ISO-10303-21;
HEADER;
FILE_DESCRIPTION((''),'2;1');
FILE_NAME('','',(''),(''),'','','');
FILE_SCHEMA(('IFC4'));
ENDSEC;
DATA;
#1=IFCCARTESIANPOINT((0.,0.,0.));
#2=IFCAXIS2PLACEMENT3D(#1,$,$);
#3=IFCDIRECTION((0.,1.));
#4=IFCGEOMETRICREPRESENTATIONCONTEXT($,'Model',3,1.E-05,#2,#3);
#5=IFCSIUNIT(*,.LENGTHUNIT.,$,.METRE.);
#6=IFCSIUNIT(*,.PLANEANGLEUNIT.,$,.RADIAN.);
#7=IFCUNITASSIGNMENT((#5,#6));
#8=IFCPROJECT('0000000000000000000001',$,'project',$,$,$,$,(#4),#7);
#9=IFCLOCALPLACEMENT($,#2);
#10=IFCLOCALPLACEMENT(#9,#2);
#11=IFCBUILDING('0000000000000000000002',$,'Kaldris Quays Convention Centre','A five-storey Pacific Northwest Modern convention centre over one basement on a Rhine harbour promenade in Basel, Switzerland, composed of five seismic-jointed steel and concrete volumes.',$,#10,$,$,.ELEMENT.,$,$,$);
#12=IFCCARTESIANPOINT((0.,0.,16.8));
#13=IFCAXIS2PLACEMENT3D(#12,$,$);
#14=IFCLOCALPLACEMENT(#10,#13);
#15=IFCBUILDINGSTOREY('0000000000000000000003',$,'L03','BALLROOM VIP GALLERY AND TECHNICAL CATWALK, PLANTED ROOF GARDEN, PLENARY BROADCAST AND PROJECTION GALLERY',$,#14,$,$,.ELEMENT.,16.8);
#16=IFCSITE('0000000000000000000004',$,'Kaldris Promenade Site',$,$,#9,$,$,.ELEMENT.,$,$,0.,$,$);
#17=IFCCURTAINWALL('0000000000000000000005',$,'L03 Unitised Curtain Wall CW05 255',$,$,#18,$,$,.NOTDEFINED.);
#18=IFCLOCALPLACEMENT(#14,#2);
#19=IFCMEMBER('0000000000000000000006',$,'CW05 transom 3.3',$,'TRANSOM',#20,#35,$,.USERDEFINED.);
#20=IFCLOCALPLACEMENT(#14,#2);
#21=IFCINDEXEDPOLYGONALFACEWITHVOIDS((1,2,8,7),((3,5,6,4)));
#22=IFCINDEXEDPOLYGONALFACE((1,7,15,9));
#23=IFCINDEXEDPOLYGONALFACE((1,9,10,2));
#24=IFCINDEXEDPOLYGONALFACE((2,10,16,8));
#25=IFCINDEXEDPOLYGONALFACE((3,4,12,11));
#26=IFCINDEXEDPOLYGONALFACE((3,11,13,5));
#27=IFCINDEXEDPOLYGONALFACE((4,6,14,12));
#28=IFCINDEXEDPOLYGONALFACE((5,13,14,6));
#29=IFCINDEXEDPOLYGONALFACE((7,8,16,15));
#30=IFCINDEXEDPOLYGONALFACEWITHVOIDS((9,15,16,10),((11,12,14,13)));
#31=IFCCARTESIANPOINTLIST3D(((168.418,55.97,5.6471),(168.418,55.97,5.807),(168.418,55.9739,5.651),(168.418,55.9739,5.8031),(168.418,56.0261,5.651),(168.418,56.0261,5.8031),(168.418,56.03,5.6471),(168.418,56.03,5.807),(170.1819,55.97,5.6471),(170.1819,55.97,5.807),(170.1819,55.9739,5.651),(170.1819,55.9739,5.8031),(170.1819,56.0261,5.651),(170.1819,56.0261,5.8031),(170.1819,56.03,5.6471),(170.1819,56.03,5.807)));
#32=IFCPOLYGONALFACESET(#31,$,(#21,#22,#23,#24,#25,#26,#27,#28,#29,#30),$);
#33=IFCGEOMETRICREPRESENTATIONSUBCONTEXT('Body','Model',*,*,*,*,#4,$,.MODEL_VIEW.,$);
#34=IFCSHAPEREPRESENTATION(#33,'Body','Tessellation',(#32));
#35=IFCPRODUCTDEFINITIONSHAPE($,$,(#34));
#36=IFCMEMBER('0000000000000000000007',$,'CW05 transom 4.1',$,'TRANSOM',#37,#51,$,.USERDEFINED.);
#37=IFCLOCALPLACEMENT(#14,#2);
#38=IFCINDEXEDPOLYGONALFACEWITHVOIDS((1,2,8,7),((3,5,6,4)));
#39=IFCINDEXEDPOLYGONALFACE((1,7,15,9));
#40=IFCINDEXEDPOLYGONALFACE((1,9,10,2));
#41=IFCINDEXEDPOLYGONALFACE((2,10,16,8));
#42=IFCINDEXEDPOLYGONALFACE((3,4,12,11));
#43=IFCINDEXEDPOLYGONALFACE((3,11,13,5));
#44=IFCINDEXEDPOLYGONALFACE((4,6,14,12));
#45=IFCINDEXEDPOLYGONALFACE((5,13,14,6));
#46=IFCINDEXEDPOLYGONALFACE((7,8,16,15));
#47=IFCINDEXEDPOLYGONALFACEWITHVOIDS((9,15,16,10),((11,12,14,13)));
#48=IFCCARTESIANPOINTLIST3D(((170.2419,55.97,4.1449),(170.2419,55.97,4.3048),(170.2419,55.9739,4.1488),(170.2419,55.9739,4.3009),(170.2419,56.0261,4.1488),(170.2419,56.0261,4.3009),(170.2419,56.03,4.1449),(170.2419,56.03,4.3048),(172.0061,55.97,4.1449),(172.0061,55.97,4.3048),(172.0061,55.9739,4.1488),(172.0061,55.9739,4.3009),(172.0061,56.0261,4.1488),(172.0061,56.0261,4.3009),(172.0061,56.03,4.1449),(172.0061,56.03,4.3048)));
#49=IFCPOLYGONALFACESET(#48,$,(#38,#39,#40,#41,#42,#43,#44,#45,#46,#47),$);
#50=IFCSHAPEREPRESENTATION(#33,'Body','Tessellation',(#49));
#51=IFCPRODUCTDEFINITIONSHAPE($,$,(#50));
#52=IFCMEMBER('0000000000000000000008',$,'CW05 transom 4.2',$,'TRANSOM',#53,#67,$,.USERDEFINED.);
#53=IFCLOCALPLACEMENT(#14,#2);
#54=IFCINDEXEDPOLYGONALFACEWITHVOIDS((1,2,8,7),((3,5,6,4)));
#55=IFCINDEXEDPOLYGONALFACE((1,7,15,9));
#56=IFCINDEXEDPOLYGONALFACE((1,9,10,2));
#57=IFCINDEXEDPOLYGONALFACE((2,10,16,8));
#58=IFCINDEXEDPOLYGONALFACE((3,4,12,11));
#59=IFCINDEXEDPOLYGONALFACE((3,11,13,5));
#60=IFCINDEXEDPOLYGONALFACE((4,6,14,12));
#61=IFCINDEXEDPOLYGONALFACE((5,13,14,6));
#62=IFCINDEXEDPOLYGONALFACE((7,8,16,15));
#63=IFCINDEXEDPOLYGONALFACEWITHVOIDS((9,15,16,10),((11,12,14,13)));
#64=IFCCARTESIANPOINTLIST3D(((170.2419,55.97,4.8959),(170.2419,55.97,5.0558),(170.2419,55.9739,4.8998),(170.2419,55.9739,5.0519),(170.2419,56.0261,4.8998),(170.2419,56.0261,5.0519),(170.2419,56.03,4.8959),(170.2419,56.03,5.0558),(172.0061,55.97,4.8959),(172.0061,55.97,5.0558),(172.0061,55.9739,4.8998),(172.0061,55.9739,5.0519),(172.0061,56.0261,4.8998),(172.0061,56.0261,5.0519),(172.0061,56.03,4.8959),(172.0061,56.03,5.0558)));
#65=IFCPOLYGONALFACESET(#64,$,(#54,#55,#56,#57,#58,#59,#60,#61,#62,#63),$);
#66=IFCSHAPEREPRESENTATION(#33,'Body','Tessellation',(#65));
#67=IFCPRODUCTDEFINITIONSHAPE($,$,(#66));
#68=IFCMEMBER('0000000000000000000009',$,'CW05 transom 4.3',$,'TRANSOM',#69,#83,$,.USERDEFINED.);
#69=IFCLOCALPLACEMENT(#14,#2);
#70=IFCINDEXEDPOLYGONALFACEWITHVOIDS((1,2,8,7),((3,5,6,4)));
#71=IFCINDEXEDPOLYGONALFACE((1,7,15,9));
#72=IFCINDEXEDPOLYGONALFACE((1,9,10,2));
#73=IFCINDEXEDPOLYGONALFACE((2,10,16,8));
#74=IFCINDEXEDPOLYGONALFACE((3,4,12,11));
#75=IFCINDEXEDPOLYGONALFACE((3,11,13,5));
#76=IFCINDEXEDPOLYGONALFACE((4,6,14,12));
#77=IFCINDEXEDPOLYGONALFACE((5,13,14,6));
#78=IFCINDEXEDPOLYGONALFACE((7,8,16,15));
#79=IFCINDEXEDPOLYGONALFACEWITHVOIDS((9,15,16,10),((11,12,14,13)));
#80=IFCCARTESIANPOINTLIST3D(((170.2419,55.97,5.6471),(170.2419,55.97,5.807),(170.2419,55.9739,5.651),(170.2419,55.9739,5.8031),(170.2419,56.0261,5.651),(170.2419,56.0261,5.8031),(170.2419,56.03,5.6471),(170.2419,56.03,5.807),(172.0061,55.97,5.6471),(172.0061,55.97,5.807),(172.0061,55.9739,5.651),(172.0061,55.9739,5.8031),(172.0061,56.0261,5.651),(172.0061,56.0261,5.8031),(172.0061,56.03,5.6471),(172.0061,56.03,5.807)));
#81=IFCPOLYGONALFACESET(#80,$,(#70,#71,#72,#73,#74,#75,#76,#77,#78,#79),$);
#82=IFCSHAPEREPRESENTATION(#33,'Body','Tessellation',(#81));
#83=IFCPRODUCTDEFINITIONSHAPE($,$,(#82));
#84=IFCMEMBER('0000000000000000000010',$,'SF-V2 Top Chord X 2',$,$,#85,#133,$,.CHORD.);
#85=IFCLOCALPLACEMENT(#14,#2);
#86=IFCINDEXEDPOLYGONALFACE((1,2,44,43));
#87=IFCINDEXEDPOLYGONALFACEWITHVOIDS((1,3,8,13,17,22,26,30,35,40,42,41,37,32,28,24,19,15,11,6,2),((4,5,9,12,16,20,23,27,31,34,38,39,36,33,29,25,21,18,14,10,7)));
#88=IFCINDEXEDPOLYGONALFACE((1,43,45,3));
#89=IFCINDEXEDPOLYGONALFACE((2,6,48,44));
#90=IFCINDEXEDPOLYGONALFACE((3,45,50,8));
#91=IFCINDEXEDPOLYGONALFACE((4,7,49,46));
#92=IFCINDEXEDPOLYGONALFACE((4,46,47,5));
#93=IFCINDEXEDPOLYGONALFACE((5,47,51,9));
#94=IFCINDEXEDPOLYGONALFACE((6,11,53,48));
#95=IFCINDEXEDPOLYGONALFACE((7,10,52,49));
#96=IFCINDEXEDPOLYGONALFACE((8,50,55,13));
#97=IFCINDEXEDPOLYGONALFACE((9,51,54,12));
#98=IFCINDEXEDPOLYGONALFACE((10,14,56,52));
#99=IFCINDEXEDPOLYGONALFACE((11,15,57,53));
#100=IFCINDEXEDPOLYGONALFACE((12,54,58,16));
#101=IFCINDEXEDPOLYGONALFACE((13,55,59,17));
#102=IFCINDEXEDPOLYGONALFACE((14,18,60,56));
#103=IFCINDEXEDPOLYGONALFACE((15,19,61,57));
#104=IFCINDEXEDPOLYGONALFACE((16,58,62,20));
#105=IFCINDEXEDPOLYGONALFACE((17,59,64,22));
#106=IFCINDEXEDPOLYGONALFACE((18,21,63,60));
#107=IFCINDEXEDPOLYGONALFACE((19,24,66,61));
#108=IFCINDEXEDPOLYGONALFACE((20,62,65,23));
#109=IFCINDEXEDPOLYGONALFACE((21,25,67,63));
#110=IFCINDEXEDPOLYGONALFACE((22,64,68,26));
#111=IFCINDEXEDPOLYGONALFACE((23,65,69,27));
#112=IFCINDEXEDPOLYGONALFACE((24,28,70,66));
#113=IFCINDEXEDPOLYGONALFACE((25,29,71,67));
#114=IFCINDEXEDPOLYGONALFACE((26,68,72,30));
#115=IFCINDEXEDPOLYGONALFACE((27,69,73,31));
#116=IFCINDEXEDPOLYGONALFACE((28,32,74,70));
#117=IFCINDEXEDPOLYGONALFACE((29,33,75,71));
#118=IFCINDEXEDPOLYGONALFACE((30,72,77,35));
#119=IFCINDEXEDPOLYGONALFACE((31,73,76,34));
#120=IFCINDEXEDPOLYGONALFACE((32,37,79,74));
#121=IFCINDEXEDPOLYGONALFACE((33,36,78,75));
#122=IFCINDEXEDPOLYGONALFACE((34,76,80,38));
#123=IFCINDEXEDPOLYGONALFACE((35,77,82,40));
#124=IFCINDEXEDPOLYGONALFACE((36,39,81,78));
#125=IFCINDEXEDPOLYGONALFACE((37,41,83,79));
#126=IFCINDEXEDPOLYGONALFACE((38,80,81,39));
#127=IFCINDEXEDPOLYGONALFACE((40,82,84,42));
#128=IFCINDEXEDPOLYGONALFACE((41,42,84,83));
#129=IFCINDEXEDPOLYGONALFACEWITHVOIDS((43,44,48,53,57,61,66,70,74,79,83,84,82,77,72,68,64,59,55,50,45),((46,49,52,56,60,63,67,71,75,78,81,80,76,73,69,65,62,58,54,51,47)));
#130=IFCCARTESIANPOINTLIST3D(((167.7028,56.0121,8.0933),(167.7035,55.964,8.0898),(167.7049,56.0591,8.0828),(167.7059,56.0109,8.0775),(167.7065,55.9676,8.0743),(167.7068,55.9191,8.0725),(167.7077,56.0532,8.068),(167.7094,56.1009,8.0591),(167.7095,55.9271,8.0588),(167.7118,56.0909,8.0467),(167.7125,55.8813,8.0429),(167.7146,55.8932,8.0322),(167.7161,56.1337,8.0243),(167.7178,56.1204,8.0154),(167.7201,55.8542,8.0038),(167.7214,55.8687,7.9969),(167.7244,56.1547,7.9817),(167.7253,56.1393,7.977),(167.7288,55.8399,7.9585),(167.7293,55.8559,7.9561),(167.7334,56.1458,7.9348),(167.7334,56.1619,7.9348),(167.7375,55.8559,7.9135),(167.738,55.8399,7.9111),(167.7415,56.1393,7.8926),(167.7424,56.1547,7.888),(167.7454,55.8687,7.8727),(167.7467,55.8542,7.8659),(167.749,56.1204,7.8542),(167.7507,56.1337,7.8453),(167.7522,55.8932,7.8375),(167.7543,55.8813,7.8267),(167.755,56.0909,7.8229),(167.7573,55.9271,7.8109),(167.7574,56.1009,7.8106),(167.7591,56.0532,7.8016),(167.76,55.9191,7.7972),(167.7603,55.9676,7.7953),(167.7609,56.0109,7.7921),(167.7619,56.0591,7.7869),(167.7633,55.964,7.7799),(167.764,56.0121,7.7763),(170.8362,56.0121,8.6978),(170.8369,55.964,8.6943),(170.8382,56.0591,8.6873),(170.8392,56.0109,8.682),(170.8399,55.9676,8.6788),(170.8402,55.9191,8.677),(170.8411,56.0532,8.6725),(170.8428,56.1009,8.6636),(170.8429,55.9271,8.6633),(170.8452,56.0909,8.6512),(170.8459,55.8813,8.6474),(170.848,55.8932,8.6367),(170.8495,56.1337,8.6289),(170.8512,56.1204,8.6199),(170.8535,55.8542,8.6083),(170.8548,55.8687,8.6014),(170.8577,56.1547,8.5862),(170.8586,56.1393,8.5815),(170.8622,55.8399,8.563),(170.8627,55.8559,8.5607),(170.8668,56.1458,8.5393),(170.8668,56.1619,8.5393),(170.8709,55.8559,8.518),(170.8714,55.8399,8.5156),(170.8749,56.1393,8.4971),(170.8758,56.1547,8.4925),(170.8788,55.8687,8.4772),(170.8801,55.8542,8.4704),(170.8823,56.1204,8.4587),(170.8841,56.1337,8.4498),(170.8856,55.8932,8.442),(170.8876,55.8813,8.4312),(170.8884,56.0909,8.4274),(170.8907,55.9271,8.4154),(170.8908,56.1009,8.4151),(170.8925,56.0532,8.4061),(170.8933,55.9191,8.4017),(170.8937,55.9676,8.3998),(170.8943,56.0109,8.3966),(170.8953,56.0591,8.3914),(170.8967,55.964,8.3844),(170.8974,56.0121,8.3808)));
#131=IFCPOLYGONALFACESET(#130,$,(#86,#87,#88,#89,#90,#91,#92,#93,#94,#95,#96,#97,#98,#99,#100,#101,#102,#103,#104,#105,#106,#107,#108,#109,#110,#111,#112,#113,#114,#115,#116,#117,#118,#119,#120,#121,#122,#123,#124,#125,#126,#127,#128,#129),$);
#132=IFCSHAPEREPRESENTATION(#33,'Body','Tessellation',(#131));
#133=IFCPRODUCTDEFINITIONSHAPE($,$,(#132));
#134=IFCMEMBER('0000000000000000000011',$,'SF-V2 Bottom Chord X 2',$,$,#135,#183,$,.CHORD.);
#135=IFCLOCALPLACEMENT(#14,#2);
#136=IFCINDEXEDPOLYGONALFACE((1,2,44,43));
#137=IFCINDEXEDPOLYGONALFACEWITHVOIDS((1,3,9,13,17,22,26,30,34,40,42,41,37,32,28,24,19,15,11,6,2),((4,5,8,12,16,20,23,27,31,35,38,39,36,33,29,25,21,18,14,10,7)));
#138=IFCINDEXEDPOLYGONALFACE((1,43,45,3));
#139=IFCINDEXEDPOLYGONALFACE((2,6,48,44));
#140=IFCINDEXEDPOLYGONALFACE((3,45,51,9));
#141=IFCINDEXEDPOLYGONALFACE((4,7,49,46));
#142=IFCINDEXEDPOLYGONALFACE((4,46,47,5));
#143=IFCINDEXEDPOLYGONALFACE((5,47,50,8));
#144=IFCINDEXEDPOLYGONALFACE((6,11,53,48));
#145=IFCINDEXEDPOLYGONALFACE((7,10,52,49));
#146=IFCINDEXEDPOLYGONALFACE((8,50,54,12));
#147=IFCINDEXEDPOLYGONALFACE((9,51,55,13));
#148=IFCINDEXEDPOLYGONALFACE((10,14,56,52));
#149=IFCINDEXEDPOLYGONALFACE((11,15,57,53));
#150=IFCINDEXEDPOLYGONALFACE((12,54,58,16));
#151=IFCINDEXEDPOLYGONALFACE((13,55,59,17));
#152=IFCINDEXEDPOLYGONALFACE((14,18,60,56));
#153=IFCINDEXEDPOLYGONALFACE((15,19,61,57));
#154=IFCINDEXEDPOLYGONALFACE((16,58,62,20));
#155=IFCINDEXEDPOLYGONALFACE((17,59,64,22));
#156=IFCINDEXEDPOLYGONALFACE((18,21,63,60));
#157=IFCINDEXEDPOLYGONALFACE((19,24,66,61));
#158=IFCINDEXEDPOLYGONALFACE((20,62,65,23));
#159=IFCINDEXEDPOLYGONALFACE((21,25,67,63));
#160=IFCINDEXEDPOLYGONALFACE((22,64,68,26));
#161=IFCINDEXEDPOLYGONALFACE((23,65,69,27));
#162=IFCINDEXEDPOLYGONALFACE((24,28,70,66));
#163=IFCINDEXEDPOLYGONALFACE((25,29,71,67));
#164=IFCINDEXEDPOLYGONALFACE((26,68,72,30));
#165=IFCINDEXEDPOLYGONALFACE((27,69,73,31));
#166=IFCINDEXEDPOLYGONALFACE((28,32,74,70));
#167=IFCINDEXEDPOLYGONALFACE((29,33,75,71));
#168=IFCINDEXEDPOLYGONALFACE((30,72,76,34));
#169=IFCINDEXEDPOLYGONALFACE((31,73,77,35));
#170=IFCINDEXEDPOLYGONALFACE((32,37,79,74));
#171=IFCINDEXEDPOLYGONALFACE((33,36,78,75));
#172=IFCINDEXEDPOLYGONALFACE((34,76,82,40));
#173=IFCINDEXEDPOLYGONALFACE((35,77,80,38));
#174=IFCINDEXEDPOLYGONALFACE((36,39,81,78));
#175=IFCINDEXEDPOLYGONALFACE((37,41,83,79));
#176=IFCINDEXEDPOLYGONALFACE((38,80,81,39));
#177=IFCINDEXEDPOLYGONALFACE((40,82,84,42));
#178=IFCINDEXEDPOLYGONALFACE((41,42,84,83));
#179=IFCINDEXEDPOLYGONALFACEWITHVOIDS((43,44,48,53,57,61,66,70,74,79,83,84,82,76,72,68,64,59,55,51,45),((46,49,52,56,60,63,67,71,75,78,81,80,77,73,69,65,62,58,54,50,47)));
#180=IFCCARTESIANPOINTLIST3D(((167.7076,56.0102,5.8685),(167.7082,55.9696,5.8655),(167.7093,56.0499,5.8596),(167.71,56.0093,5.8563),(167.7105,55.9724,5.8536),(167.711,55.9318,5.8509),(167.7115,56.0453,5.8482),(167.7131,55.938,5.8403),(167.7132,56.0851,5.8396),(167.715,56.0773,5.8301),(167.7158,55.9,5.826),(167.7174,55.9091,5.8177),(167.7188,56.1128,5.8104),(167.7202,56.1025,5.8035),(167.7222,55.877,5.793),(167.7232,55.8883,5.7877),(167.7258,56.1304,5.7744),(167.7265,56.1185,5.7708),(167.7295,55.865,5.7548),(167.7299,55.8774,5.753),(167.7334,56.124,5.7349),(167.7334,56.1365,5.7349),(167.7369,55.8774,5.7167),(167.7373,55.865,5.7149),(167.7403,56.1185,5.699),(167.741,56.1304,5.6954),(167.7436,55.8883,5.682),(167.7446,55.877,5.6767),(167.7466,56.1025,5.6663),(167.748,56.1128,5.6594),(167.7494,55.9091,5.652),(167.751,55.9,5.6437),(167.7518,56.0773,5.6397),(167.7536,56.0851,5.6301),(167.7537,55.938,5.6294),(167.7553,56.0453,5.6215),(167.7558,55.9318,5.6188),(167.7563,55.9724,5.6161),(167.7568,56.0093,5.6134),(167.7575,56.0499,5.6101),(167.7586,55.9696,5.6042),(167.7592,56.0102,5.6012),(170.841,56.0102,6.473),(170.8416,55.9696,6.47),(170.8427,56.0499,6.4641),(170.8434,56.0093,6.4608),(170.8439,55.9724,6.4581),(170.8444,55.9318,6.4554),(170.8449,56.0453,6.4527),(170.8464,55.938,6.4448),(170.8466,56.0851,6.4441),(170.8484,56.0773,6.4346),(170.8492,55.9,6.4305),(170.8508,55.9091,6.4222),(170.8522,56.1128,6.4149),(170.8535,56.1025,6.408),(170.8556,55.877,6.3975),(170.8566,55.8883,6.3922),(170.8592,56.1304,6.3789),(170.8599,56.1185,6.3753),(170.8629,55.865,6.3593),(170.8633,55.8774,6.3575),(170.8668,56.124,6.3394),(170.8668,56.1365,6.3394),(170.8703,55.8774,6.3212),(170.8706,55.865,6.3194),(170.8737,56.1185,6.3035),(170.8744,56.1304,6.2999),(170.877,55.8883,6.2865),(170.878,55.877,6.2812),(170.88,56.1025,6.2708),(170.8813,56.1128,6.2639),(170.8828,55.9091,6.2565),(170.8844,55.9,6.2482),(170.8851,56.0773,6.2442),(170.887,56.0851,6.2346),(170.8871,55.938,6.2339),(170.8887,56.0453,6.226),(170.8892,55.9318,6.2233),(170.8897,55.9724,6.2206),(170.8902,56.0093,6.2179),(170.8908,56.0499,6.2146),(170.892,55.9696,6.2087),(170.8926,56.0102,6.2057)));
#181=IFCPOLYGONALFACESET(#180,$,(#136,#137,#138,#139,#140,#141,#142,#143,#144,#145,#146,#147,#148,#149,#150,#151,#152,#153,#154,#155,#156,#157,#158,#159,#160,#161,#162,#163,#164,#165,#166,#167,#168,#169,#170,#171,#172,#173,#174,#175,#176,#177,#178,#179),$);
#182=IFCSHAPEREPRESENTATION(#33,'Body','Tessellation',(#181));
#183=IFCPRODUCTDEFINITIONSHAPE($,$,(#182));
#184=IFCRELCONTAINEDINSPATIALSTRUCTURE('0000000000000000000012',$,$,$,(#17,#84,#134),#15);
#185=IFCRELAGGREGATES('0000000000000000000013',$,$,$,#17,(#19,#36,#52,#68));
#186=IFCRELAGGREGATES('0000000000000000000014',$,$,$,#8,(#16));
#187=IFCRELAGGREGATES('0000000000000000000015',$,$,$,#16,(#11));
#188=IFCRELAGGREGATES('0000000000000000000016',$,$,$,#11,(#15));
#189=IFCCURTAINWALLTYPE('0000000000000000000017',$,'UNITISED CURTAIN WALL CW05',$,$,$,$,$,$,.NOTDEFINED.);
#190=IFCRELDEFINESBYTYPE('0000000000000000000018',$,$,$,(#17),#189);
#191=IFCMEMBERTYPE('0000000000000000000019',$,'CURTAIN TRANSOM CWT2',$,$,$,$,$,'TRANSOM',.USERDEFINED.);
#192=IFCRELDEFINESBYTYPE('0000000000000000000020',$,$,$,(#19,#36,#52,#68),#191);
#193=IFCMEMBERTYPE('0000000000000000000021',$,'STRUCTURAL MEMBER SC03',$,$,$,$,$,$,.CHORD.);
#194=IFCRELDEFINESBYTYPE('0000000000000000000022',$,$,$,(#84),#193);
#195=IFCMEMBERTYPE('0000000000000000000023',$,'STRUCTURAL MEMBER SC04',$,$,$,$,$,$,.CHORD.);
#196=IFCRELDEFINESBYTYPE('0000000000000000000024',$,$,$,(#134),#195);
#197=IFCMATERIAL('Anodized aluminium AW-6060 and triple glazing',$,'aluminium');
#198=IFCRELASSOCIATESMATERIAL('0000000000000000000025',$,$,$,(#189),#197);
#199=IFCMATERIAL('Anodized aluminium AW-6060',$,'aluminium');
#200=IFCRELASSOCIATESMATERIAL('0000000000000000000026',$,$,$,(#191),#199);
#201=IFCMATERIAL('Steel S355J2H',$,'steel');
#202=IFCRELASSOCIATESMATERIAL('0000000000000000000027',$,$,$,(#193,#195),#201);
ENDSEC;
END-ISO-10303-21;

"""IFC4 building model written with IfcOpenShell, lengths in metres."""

from ifc_helpers import new_model, si_unit, direction, frame, origin, origin_2d, place, context, subcontext, project, spatial, hollow_rectangle, hollow_circle, extrude, material, material_profile, profile_set, type_object, element, aggregate, save


model = new_model("IFC4")

# Units and contexts
model_context = context("Model", 3, precision=1e-05, world=origin(), true_north=direction((0.0, 1.0)))
body_context = subcontext(model_context, "Body", "Model", "MODEL_VIEW")
ifc_project = project(units=[si_unit("LENGTHUNIT", "METRE"), si_unit("PLANEANGLEUNIT", "RADIAN")], contexts=[model_context])

# Site, building, storey
site_placement = place(None, origin())
site = spatial("IfcSite", under=ifc_project, at=site_placement, Name="Kaldris Promenade Site", CompositionType="ELEMENT", RefElevation=0.0)
building_placement = place(site_placement, origin())
building = spatial("IfcBuilding", under=site, at=building_placement, Name="Kaldris Quays Convention Centre", Description="A five-storey Pacific Northwest Modern convention centre over one basement on a Rhine harbour promenade in Basel, Switzerland, composed of five seismic-jointed steel and concrete volumes.", CompositionType="ELEMENT")
storey_placement = place(building_placement, frame((0.0, 0.0, 16.8)))
storey = spatial("IfcBuildingStorey", under=building, at=storey_placement, Name="L03", Description="BALLROOM VIP GALLERY AND TECHNICAL CATWALK, PLANTED ROOF GARDEN, PLENARY BROADCAST AND PROJECTION GALLERY", CompositionType="ELEMENT", Elevation=16.8)

# Curtain wall
ifc_material_1 = material(Name="Anodized aluminium AW-6060 and triple glazing", Category="aluminium")
curtain_wall_type_1 = type_object("IfcCurtainWallType", Name="UNITISED CURTAIN WALL CW05", PredefinedType="NOTDEFINED", material=ifc_material_1)
curtain_wall_1_placement = place(storey_placement, origin())
curtain_wall_1 = element("IfcCurtainWall", 1, at=curtain_wall_1_placement, inside=storey, type_object=curtain_wall_type_1, Name="L03 Unitised Curtain Wall CW05 255", PredefinedType="NOTDEFINED")
ifc_material_2 = material(Name="Anodized aluminium AW-6060", Category="aluminium")

# Members
ifc_material_profile_1 = material_profile(ifc_material_2, hollow_rectangle(XDim=0.0601, YDim=0.1599, WallThickness=0.0039, at=origin_2d()), Name="RHS 160x60x4")
ifc_profile_set_1 = profile_set([ifc_material_profile_1], Name="Anodized aluminium AW-6060")
member_type_1 = type_object("IfcMemberType", Name="CURTAIN TRANSOM CWT2", ElementType="TRANSOM", PredefinedType="USERDEFINED", material=ifc_profile_set_1)
member_1_placement = place(storey_placement, frame((168.418, 56.0, 5.7271), z_axis=(1.0, 0.0, 0.0), x_axis=(0.0, 1.0, 0.0)))
member_1 = element("IfcMember", 2, at=member_1_placement, type_object=member_type_1, Name="CW05 transom 3.3", ObjectType="TRANSOM", PredefinedType="USERDEFINED", context=body_context, shape_type="SweptSolid", body=[
    extrude(hollow_rectangle(XDim=0.0601, YDim=0.1599, WallThickness=0.0039, at=origin_2d()), origin(), (0.0, 0.0, 1.0), 1.7639),
])
member_2_placement = place(storey_placement, frame((170.2419, 56.0, 4.2249), z_axis=(1.0, 0.0, 0.0), x_axis=(0.0, 1.0, 0.0)))
member_2 = element("IfcMember", 3, at=member_2_placement, type_object=member_type_1, Name="CW05 transom 4.1", ObjectType="TRANSOM", PredefinedType="USERDEFINED", context=body_context, shape_type="SweptSolid", body=[
    extrude(hollow_rectangle(XDim=0.0601, YDim=0.1599, WallThickness=0.0039, at=origin_2d()), origin(), (0.0, 0.0, 1.0), 1.7642),
])
member_3_placement = place(storey_placement, frame((170.2419, 56.0, 4.9758), z_axis=(1.0, 0.0, 0.0), x_axis=(0.0, 1.0, 0.0)))
member_3 = element("IfcMember", 4, at=member_3_placement, type_object=member_type_1, Name="CW05 transom 4.2", ObjectType="TRANSOM", PredefinedType="USERDEFINED", context=body_context, shape_type="SweptSolid", body=[
    extrude(hollow_rectangle(XDim=0.0601, YDim=0.1599, WallThickness=0.0039, at=origin_2d()), origin(), (0.0, 0.0, 1.0), 1.7642),
])
member_4_placement = place(storey_placement, frame((170.2419, 56.0, 5.7271), z_axis=(1.0, 0.0, 0.0), x_axis=(0.0, 1.0, 0.0)))
member_4 = element("IfcMember", 5, at=member_4_placement, type_object=member_type_1, Name="CW05 transom 4.3", ObjectType="TRANSOM", PredefinedType="USERDEFINED", context=body_context, shape_type="SweptSolid", body=[
    extrude(hollow_rectangle(XDim=0.0601, YDim=0.1599, WallThickness=0.0039, at=origin_2d()), origin(), (0.0, 0.0, 1.0), 1.7642),
])

# Members
ifc_material_3 = material(Name="Steel S355J2H", Category="steel")
ifc_material_profile_2 = material_profile(ifc_material_3, hollow_circle(Radius=0.1619, WallThickness=0.0161, at=origin_2d()), Name="CHS 323.9x16")
ifc_profile_set_2 = profile_set([ifc_material_profile_2], Name="Steel S355J2H")
member_type_2 = type_object("IfcMemberType", Name="STRUCTURAL MEMBER SC03", PredefinedType="CHORD", material=ifc_profile_set_2)
member_5_placement = place(storey_placement, frame((167.7334, 56.0, 7.9348), z_axis=(0.981894, 0.0, 0.189432), x_axis=(0.0, 1.0, 0.0)))
element("IfcMember", 6, at=member_5_placement, inside=storey, type_object=member_type_2, Name="SF-V2 Top Chord X 2", PredefinedType="CHORD", context=body_context, shape_type="SweptSolid", body=[
    extrude(hollow_circle(Radius=0.1619, WallThickness=0.0161, at=origin_2d()), origin(), (0.0, 0.0, 1.0), 3.1912),
])
ifc_material_profile_3 = material_profile(ifc_material_3, hollow_circle(Radius=0.1365, WallThickness=0.0125, at=origin_2d()), Name="CHS 273x12.5")
ifc_profile_set_3 = profile_set([ifc_material_profile_3], Name="Steel S355J2H")
member_type_3 = type_object("IfcMemberType", Name="STRUCTURAL MEMBER SC04", PredefinedType="CHORD", material=ifc_profile_set_3)
member_6_placement = place(storey_placement, frame((167.7334, 56.0, 5.7349), z_axis=(0.981894, 0.0, 0.189432), x_axis=(0.0, 1.0, 0.0)))
element("IfcMember", 7, at=member_6_placement, inside=storey, type_object=member_type_3, Name="SF-V2 Bottom Chord X 2", PredefinedType="CHORD", context=body_context, shape_type="SweptSolid", body=[
    extrude(hollow_circle(Radius=0.1365, WallThickness=0.0125, at=origin_2d()), origin(), (0.0, 0.0, 1.0), 3.1912),
])

aggregate(curtain_wall_1, [member_1, member_2, member_3, member_4])

save(model, "model.ifc")
